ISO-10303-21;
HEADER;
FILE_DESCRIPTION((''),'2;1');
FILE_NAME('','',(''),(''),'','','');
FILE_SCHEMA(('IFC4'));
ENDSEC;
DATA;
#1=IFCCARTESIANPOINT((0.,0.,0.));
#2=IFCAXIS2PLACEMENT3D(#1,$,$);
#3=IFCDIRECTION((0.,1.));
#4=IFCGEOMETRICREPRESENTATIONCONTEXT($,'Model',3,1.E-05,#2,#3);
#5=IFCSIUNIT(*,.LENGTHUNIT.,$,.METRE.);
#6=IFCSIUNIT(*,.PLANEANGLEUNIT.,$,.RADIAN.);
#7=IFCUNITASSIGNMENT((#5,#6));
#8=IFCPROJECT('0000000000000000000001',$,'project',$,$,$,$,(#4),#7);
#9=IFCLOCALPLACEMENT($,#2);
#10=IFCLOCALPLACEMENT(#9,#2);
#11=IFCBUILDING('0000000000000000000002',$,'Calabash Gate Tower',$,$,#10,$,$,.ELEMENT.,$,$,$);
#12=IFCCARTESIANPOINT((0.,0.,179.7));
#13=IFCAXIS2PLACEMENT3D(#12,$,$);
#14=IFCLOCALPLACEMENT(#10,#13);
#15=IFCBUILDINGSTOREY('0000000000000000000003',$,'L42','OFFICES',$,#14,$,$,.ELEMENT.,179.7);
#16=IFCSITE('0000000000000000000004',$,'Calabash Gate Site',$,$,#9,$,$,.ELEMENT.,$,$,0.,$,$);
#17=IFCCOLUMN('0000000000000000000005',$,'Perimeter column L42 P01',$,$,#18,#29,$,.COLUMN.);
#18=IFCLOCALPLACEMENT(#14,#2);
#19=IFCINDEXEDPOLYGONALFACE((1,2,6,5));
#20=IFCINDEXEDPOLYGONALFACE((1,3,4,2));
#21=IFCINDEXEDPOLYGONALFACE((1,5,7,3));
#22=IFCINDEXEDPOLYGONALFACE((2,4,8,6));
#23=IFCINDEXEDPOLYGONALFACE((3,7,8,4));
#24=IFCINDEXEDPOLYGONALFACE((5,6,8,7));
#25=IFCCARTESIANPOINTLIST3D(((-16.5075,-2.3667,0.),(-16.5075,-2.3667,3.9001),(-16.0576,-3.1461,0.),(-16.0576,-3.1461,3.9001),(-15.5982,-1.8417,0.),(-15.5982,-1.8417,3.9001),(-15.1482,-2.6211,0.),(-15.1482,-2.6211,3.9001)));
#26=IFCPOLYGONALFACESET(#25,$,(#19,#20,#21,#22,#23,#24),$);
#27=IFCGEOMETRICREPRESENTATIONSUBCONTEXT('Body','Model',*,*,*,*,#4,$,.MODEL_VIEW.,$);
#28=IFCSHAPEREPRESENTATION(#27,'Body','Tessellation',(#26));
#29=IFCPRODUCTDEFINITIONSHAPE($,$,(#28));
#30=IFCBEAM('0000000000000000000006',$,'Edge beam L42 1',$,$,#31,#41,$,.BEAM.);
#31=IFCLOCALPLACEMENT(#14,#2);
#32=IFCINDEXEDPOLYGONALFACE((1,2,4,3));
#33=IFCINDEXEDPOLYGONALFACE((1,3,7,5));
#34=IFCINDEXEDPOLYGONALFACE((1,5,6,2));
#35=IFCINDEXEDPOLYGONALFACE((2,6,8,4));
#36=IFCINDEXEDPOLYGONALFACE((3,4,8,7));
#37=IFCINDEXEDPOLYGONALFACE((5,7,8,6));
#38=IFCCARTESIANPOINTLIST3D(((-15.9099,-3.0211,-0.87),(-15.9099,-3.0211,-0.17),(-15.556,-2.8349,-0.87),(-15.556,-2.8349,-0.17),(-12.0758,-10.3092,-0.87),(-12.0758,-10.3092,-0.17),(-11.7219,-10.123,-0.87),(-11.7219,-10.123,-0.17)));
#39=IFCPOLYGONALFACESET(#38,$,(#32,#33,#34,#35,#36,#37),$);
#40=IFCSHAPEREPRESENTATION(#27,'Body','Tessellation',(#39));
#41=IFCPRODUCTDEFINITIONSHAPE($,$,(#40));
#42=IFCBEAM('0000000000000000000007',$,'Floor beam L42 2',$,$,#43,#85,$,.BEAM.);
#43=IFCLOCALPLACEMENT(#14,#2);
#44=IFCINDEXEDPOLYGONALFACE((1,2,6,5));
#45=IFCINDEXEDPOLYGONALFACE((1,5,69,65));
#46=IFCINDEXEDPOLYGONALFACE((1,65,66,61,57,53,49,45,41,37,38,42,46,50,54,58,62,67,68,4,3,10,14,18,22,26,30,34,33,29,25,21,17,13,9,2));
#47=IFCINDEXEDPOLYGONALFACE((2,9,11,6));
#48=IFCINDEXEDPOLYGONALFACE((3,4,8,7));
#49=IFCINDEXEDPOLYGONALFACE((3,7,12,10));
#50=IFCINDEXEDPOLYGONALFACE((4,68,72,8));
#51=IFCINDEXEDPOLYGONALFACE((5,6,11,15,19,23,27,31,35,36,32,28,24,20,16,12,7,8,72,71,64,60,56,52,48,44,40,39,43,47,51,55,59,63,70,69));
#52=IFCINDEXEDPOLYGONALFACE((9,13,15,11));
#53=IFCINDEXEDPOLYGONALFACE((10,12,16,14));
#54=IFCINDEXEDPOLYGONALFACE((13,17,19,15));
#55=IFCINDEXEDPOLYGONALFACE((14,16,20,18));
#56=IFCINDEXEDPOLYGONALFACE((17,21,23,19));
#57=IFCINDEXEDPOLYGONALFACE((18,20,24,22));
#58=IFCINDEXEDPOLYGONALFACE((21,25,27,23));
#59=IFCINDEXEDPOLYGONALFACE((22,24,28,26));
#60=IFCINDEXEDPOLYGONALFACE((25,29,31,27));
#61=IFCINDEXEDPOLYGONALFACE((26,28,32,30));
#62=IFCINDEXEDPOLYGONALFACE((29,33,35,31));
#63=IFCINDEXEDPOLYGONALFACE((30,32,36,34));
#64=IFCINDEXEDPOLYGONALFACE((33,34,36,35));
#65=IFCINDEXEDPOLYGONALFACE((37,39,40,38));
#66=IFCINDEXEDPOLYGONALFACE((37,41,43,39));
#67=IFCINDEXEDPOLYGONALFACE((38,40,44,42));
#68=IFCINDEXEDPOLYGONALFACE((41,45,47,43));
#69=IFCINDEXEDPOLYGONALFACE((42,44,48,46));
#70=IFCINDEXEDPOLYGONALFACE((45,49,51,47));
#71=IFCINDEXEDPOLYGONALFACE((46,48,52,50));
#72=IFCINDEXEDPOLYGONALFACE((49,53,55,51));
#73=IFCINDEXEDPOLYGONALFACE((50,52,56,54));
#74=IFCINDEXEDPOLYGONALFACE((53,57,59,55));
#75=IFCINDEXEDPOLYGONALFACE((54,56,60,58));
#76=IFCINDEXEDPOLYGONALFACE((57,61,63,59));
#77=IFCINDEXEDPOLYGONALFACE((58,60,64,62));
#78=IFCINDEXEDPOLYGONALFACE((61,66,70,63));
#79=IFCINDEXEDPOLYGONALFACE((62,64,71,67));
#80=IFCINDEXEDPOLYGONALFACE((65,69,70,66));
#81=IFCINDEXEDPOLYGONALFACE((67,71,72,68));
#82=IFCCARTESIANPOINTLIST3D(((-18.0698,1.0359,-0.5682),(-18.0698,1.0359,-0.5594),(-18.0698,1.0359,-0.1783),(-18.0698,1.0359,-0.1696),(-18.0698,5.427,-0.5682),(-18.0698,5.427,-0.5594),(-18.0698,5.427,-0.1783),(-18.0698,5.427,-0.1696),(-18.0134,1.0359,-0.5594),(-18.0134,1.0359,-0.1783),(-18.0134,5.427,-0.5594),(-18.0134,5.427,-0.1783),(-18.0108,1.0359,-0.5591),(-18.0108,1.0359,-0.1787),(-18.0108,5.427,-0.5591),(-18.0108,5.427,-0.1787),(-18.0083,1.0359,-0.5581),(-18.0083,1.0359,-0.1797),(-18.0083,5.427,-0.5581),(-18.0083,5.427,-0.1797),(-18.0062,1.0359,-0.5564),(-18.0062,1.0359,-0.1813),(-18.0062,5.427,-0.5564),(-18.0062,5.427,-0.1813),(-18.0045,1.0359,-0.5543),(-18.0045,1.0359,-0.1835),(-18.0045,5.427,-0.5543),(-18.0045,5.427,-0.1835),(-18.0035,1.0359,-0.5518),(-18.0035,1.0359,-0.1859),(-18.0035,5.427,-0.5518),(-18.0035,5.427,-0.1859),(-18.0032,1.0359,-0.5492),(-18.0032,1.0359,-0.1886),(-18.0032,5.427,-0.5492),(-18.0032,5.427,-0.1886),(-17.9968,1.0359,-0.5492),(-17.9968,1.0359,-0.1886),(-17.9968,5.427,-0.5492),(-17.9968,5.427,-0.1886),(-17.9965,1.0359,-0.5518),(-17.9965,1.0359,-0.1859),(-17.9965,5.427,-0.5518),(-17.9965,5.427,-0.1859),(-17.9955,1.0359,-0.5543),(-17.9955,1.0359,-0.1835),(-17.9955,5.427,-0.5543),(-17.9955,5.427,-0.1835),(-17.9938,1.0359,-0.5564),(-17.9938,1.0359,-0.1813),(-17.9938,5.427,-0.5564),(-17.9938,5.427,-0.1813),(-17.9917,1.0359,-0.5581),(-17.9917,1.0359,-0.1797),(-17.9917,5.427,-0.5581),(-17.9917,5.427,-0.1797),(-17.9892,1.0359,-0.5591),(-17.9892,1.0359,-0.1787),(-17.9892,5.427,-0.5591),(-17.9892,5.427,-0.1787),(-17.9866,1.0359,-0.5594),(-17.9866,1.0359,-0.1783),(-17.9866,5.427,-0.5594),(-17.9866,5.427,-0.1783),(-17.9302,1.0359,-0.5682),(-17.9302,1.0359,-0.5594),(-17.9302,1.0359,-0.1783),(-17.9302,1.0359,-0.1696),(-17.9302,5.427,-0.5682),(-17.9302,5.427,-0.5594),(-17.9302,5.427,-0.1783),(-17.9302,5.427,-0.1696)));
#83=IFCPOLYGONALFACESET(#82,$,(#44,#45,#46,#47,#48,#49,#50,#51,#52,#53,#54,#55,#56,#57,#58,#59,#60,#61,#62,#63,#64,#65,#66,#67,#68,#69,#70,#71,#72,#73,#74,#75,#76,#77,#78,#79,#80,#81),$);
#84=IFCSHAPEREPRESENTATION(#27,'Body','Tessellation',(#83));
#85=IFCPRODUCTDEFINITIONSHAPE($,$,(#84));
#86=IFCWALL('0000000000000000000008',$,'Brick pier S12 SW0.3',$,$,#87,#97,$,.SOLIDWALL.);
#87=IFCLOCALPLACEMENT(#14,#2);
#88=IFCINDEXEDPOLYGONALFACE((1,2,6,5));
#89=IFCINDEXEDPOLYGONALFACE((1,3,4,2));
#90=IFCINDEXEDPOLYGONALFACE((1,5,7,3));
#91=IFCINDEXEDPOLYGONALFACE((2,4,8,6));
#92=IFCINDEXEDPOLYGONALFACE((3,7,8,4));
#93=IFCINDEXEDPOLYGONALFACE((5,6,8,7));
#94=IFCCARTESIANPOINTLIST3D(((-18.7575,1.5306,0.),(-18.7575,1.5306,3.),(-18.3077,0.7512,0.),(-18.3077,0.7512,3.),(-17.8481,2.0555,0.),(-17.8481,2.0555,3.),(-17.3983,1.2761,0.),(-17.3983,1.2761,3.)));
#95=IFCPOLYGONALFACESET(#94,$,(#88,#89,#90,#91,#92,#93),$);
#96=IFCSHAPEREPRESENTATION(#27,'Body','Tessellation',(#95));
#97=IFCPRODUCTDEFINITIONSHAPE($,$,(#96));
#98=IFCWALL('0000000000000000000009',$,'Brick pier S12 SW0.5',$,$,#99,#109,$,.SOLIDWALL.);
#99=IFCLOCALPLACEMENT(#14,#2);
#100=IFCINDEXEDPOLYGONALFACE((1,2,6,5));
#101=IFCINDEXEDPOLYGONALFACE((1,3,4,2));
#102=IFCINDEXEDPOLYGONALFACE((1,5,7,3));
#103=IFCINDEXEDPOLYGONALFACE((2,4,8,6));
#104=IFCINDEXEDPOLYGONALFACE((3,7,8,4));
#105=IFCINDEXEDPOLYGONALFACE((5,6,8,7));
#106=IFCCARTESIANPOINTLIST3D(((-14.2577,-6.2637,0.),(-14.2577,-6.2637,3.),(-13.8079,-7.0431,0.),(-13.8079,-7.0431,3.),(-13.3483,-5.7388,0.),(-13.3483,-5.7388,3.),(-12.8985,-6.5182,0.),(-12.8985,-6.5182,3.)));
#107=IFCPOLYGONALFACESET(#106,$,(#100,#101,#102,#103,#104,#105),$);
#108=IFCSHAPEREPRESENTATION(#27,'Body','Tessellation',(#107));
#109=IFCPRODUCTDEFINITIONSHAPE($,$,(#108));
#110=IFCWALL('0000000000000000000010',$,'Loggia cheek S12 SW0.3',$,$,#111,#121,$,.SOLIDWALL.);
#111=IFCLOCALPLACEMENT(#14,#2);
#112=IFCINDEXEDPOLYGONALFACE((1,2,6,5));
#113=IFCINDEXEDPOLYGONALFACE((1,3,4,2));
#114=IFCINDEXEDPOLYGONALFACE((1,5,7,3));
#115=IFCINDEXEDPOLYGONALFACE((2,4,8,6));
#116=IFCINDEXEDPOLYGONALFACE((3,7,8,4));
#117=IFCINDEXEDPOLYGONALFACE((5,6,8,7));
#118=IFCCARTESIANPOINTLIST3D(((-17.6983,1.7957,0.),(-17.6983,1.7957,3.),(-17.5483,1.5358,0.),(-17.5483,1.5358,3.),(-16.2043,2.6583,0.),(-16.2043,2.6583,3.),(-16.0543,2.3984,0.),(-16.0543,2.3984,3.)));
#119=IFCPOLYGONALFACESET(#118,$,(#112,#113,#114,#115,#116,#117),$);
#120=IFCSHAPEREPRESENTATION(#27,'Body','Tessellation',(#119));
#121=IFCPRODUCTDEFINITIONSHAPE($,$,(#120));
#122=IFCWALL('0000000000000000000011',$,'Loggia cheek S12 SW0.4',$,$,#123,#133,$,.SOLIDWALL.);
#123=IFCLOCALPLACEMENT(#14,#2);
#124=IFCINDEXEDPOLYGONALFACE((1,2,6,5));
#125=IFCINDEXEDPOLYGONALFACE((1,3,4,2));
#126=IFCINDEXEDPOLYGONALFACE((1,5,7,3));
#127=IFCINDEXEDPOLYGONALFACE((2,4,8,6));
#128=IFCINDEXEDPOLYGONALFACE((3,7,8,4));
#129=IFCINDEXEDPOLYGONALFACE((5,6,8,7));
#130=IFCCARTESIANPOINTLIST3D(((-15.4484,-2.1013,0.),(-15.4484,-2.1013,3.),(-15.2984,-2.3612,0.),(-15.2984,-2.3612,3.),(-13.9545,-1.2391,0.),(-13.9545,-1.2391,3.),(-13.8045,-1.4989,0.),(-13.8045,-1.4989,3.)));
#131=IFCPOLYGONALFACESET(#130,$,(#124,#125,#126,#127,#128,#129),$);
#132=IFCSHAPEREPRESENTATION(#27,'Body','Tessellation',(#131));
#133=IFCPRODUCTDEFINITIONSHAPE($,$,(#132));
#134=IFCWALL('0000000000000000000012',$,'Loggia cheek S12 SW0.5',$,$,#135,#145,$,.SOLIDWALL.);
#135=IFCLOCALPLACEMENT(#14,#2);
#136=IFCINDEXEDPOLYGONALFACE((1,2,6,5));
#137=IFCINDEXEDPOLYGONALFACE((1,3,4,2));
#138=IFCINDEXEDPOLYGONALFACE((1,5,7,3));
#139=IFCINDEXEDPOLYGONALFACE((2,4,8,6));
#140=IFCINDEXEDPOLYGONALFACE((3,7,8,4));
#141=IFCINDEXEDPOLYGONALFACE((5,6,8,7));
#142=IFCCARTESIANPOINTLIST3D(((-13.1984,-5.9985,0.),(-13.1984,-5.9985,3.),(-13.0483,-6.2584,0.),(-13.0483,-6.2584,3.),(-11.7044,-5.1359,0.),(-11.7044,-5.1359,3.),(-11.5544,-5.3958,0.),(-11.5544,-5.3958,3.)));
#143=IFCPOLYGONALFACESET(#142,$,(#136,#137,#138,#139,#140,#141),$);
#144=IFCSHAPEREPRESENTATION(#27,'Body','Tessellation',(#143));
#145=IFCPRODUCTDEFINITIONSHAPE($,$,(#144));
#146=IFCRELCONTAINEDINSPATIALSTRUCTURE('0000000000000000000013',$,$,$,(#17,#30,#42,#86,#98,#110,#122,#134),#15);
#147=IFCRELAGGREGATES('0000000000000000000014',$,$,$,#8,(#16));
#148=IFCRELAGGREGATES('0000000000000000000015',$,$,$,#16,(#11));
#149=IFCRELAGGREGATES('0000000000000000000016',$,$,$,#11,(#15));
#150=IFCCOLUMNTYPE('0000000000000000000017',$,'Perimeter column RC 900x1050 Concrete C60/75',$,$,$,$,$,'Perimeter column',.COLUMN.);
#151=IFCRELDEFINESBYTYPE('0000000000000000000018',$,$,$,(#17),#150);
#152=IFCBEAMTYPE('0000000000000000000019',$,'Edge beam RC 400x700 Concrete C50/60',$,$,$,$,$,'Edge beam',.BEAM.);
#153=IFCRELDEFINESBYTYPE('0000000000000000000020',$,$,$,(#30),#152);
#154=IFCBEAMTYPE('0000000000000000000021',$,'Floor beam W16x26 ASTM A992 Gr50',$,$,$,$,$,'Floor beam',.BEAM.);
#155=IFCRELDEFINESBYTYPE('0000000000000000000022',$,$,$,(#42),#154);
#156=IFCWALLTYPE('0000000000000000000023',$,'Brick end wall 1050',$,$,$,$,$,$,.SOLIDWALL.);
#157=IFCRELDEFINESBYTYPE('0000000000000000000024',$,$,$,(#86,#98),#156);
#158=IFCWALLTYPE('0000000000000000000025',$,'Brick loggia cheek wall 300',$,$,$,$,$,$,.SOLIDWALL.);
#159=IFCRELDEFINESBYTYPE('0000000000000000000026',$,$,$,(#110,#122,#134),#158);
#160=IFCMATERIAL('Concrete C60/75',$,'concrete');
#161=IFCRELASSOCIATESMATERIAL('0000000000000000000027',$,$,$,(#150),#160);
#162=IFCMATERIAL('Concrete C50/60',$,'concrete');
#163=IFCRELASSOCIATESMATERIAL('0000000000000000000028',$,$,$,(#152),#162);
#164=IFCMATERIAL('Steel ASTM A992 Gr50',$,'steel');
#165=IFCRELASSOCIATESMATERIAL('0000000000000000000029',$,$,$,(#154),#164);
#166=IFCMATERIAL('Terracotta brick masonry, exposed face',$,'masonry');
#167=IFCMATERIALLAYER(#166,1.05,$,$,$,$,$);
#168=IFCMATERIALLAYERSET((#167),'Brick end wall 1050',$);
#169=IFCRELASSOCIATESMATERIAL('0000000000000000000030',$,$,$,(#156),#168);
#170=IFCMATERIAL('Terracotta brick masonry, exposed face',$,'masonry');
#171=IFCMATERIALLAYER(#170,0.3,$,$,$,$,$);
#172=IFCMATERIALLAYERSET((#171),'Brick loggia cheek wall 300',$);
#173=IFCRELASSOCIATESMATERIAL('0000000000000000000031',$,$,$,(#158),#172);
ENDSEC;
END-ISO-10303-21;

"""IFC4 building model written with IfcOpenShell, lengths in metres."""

from ifc_helpers import new_model, si_unit, direction, frame, frame_2d, origin, origin_2d, place, context, subcontext, project, spatial, rectangle, i_section, extrude, material, layer, layer_set, material_profile, profile_set, type_object, element, save


model = new_model("IFC4")

# Units and contexts
model_context = context("Model", 3, precision=1e-05, world=origin(), true_north=direction((0.0, 1.0)))
body_context = subcontext(model_context, "Body", "Model", "MODEL_VIEW")
ifc_project = project(units=[si_unit("LENGTHUNIT", "METRE"), si_unit("PLANEANGLEUNIT", "RADIAN")], contexts=[model_context])

# Site, building, storey
site_placement = place(None, origin())
site = spatial("IfcSite", under=ifc_project, at=site_placement, Name="Calabash Gate Site", CompositionType="ELEMENT", RefElevation=0.0)
building_placement = place(site_placement, origin())
building = spatial("IfcBuilding", under=site, at=building_placement, Name="Calabash Gate Tower", CompositionType="ELEMENT")
storey_placement = place(building_placement, frame((0.0, 0.0, 179.7)))
storey = spatial("IfcBuildingStorey", under=building, at=storey_placement, Name="L42", Description="OFFICES", CompositionType="ELEMENT", Elevation=179.7)

# Column
ifc_material_1 = material(Name="Concrete C60/75", Category="concrete")
ifc_material_profile_1 = material_profile(ifc_material_1, rectangle(XDim=0.8999, YDim=1.05, at=origin_2d()))
ifc_profile_set_1 = profile_set([ifc_material_profile_1], Name="Concrete C60/75")
column_type = type_object("IfcColumnType", Name="Perimeter column RC 900x1050 Concrete C60/75", ElementType="Perimeter column", PredefinedType="COLUMN", material=ifc_profile_set_1)
column_placement = place(storey_placement, frame((-15.8279, -2.4939, 0.0), z_axis=(0.0, 0.0, 1.0), x_axis=(0.5, -0.866025, 0.0)))
element("IfcColumn", 1, at=column_placement, inside=storey, type_object=column_type, Name="Perimeter column L42 P01", PredefinedType="COLUMN", context=body_context, shape_type="SweptSolid", body=[
    extrude(rectangle(XDim=0.8999, YDim=1.05, at=origin_2d()), origin(), (0.0, 0.0, 1.0), 3.9001),
])

# Beams
ifc_material_2 = material(Name="Concrete C50/60", Category="concrete")
ifc_material_profile_2 = material_profile(ifc_material_2, rectangle(XDim=0.3999, YDim=0.7, at=origin_2d()))
ifc_profile_set_2 = profile_set([ifc_material_profile_2], Name="Concrete C50/60")
beam_type_1 = type_object("IfcBeamType", Name="Edge beam RC 400x700 Concrete C50/60", ElementType="Edge beam", PredefinedType="BEAM", material=ifc_profile_set_2)
beam_1_placement = place(storey_placement, frame((-15.7329, -2.928, -0.52), z_axis=(0.46557, -0.885011, 0.0), x_axis=(0.885011, 0.46557, 0.0)))
element("IfcBeam", 2, at=beam_1_placement, inside=storey, type_object=beam_type_1, Name="Edge beam L42 1", PredefinedType="BEAM", context=body_context, shape_type="SweptSolid", body=[
    extrude(rectangle(XDim=0.3999, YDim=0.7, at=origin_2d()), origin(), (0.0, 0.0, 1.0), 8.2351),
])
ifc_material_3 = material(Name="Steel ASTM A992 Gr50", Category="steel")
ifc_material_profile_3 = material_profile(ifc_material_3, i_section(OverallWidth=0.1396, OverallDepth=0.3987, WebThickness=0.0063, FlangeThickness=0.0088, FilletRadius=0.0103, at=origin_2d()))
ifc_profile_set_3 = profile_set([ifc_material_profile_3], Name="Steel ASTM A992 Gr50")
beam_type_2 = type_object("IfcBeamType", Name="Floor beam W16x26 ASTM A992 Gr50", ElementType="Floor beam", PredefinedType="BEAM", material=ifc_profile_set_3)
beam_2_placement = place(storey_placement, frame((-18.0, 1.0359, -0.3689), z_axis=(0.0, 1.0, 0.0), x_axis=(-1.0, 0.0, 0.0)))
element("IfcBeam", 3, at=beam_2_placement, inside=storey, type_object=beam_type_2, Name="Floor beam L42 2", PredefinedType="BEAM", context=body_context, shape_type="SweptSolid", body=[
    extrude(i_section(OverallWidth=0.1396, OverallDepth=0.3987, WebThickness=0.0063, FlangeThickness=0.0088, FilletRadius=0.0103, at=origin_2d()), origin(), (0.0, 0.0, 1.0), 4.3911),
])

# Walls
ifc_material_4 = material(Name="Terracotta brick masonry, exposed face", Category="masonry")
ifc_layer_1 = layer(ifc_material_4, 1.05)
ifc_layer_set_1 = layer_set([ifc_layer_1], Name="Brick end wall 1050")
wall_type_1 = type_object("IfcWallType", Name="Brick end wall 1050", PredefinedType="SOLIDWALL", material=ifc_layer_set_1)
for number, where, z_axis, x_axis, name in (
    (4, (-17.6233, 1.6658, 0.0), (0.0, 0.0, 1.0), (-0.866089, -0.49989, 0.0), "Brick pier S12 SW0.3"),
    (5, (-14.0327, -6.6533, 0.0), (0.0, 0.0, 1.0), (0.866089, 0.49989, 0.0), "Brick pier S12 SW0.5"),
):
    element("IfcWall", number, at=place(storey_placement, frame(where, z_axis=z_axis, x_axis=x_axis)), inside=storey, type_object=wall_type_1, Name=name, PredefinedType="SOLIDWALL", context=body_context, shape_type="SweptSolid", body=[
        extrude(rectangle(XDim=1.05, YDim=0.8999, at=frame_2d((0.5249, 0.0))), origin(), (0.0, 0.0, 1.0), 3.0),
    ])
ifc_material_5 = material(Name="Terracotta brick masonry, exposed face", Category="masonry")
ifc_layer_2 = layer(ifc_material_5, 0.3)
ifc_layer_set_2 = layer_set([ifc_layer_2], Name="Brick loggia cheek wall 300")
wall_type_2 = type_object("IfcWallType", Name="Brick loggia cheek wall 300", PredefinedType="SOLIDWALL", material=ifc_layer_set_2)
wall_1_placement = place(storey_placement, frame((-17.6233, 1.6658, 0.0), z_axis=(0.0, 0.0, 1.0), x_axis=(0.866014, 0.500021, 0.0)))
element("IfcWall", 6, at=wall_1_placement, inside=storey, type_object=wall_type_2, Name="Loggia cheek S12 SW0.3", PredefinedType="SOLIDWALL", context=body_context, shape_type="SweptSolid", body=[
    extrude(rectangle(XDim=1.7251, YDim=0.3, at=frame_2d((0.8625, 0.0))), origin(), (0.0, 0.0, 1.0), 3.0),
])
wall_2_placement = place(storey_placement, frame((-15.3733, -2.2312, 0.0), z_axis=(0.0, 0.0, 1.0), x_axis=(0.866075, 0.499914, 0.0)))
element("IfcWall", 7, at=wall_2_placement, inside=storey, type_object=wall_type_2, Name="Loggia cheek S12 SW0.4", PredefinedType="SOLIDWALL", context=body_context, shape_type="SweptSolid", body=[
    extrude(rectangle(XDim=1.7249, YDim=0.3, at=frame_2d((0.8623, 0.0))), origin(), (0.0, 0.0, 1.0), 3.0),
])
wall_3_placement = place(storey_placement, frame((-11.6294, -5.2659, 0.0), z_axis=(0.0, 0.0, 1.0), x_axis=(-0.866014, -0.500021, 0.0)))
element("IfcWall", 8, at=wall_3_placement, inside=storey, type_object=wall_type_2, Name="Loggia cheek S12 SW0.5", PredefinedType="SOLIDWALL", context=body_context, shape_type="SweptSolid", body=[
    extrude(rectangle(XDim=1.7251, YDim=0.3, at=frame_2d((0.8625, 0.0))), origin(), (0.0, 0.0, 1.0), 3.0),
])

save(model, "model.ifc")
